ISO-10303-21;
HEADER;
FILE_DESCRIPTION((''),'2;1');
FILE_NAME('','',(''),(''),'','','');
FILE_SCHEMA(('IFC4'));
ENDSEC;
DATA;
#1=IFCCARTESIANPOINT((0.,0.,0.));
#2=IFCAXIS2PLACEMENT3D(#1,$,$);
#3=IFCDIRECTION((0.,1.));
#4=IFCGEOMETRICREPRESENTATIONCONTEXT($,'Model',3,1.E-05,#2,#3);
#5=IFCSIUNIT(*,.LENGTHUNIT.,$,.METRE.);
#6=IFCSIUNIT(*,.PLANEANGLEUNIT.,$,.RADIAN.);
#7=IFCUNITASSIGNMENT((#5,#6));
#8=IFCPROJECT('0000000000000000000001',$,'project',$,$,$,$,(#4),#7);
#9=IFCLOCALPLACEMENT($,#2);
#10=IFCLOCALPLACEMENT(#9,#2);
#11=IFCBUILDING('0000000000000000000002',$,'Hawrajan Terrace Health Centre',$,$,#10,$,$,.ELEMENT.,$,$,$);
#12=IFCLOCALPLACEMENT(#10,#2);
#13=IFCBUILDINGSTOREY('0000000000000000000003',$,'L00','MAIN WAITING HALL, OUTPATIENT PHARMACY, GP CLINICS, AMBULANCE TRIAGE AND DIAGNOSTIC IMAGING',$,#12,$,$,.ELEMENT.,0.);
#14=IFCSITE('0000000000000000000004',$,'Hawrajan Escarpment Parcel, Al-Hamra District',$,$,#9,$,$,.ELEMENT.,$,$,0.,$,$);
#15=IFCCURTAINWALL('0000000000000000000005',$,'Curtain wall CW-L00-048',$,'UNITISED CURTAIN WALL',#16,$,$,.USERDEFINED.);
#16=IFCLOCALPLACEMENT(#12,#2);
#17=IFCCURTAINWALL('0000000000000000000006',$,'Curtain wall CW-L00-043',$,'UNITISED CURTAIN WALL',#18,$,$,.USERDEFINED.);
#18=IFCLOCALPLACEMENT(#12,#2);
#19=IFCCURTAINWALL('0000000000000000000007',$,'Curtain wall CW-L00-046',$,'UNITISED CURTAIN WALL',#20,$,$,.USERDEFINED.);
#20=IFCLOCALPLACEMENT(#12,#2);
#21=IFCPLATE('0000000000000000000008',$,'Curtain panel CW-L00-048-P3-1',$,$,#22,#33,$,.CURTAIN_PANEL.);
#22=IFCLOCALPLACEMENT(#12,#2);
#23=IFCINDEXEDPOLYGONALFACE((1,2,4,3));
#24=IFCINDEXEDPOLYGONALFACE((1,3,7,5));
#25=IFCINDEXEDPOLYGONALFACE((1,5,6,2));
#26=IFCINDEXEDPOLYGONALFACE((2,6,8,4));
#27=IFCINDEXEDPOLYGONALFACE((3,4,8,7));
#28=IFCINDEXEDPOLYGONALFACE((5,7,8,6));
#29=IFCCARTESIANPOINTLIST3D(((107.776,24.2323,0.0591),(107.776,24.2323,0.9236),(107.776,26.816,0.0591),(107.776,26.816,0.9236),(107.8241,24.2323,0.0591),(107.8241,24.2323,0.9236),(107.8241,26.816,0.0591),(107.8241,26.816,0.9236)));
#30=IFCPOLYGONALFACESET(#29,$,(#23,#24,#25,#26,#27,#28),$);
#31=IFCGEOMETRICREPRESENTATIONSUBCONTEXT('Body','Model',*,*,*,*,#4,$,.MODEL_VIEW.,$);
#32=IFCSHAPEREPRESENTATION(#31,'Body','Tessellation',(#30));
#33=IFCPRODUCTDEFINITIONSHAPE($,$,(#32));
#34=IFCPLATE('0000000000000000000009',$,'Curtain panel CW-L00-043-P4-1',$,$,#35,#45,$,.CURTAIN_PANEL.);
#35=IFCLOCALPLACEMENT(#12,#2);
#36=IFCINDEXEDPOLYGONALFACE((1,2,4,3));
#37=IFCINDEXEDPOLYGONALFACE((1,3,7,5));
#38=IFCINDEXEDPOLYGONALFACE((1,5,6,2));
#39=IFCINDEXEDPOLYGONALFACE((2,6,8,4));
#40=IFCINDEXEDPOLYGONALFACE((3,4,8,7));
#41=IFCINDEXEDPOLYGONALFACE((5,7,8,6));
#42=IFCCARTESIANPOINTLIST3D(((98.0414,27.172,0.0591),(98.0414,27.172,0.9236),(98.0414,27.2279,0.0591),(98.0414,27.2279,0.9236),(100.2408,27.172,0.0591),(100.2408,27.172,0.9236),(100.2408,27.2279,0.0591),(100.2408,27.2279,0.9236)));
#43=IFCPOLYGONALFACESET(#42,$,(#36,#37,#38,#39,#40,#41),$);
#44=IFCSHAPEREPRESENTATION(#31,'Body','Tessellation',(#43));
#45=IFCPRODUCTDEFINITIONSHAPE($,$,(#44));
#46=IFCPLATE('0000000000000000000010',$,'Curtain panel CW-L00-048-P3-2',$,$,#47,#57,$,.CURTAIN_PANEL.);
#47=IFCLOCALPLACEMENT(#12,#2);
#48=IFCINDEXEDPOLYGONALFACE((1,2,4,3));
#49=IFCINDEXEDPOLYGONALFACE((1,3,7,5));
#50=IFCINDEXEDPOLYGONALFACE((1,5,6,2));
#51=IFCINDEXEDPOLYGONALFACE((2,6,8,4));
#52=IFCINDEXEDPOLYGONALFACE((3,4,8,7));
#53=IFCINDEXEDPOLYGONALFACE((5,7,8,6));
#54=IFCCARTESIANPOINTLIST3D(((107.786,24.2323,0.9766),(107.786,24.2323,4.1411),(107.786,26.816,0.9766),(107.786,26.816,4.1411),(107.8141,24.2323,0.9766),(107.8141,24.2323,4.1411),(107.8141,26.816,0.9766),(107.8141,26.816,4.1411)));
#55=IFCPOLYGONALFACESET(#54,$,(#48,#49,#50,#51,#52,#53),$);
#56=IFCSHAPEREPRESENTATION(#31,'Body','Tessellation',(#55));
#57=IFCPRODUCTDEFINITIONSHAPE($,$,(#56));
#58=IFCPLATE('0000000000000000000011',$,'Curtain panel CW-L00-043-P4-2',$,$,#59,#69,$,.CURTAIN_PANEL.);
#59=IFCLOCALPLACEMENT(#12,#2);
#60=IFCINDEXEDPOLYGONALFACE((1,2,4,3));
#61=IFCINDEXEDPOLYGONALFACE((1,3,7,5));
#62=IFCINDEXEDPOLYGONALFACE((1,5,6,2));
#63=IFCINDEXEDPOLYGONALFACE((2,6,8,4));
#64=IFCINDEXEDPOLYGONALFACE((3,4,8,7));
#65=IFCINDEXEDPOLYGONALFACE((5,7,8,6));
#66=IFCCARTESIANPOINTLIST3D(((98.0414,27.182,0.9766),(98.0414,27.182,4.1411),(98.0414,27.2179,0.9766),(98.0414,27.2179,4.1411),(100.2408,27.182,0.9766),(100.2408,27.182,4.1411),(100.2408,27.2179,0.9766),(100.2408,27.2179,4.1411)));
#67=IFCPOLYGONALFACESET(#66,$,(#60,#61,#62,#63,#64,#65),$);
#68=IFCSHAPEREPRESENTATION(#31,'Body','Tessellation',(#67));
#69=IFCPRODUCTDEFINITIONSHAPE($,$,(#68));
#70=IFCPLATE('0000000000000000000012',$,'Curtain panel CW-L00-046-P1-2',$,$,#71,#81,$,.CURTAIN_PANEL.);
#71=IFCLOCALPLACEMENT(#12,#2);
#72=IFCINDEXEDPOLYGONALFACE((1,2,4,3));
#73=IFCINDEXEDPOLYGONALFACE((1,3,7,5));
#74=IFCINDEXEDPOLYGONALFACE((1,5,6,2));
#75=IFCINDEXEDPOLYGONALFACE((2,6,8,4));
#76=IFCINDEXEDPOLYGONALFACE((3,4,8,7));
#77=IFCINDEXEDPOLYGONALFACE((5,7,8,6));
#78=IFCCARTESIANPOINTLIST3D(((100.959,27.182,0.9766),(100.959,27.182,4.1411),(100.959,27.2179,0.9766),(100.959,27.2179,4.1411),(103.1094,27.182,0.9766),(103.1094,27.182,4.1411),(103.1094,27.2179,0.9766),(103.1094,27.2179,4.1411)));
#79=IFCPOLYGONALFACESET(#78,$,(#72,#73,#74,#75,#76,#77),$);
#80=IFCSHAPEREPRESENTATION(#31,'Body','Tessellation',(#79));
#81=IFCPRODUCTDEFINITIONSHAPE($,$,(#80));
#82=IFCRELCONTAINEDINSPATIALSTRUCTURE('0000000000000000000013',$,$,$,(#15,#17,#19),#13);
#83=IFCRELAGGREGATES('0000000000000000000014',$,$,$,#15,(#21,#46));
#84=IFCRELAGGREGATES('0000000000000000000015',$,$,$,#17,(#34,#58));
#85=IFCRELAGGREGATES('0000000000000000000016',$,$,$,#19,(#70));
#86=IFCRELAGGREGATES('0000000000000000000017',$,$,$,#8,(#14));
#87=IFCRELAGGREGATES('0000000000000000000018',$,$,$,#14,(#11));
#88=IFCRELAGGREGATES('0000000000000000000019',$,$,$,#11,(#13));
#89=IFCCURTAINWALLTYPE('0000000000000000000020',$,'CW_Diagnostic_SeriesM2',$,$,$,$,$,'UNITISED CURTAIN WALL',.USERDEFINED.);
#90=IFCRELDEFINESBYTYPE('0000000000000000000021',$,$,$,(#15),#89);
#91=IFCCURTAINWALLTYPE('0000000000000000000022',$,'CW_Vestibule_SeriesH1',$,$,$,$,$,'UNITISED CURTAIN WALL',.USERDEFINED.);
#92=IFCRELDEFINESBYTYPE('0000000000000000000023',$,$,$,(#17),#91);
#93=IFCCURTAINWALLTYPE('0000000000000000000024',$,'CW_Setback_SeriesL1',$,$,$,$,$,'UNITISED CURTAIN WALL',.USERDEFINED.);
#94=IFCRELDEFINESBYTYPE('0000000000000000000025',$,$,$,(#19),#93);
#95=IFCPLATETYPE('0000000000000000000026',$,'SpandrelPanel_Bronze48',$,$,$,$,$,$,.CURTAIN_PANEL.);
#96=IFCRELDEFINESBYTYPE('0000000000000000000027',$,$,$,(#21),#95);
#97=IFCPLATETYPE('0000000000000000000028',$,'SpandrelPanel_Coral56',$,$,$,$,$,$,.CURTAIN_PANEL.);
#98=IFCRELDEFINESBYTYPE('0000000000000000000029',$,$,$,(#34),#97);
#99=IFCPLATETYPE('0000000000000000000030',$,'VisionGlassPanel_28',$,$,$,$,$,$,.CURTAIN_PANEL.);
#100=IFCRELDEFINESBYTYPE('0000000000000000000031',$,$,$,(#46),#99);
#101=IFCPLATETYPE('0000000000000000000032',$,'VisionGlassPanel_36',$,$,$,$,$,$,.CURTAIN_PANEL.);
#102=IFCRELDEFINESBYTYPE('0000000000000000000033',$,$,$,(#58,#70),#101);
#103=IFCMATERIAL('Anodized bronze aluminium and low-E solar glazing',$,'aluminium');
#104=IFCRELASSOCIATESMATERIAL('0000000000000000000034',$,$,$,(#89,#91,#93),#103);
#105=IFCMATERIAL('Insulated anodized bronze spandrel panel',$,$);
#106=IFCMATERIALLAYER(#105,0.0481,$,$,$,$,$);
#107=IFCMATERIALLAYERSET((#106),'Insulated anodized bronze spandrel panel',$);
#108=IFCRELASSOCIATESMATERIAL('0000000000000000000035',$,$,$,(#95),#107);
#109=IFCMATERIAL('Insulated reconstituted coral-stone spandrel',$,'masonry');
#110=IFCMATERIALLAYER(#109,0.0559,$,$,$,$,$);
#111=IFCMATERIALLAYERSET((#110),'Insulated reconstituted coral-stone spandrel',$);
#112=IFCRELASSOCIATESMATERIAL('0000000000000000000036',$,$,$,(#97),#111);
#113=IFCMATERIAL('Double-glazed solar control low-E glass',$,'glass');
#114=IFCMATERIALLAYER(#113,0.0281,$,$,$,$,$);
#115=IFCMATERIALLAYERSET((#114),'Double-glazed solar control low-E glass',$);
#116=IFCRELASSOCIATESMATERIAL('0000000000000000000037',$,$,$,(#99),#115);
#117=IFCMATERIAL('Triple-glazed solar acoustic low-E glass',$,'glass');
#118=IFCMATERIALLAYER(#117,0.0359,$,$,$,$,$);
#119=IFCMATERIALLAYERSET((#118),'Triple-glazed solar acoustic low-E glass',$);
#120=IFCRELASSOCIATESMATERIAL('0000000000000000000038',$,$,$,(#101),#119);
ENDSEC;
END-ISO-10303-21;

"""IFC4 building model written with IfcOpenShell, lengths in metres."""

from ifc_helpers import new_model, si_unit, direction, frame, origin, origin_2d, place, context, subcontext, project, spatial, rectangle, extrude, material, layer, layer_set, type_object, element, aggregate, save


model = new_model("IFC4")

# Units and contexts
model_context = context("Model", 3, precision=1e-05, world=origin(), true_north=direction((0.0, 1.0)))
body_context = subcontext(model_context, "Body", "Model", "MODEL_VIEW")
ifc_project = project(units=[si_unit("LENGTHUNIT", "METRE"), si_unit("PLANEANGLEUNIT", "RADIAN")], contexts=[model_context])

# Site, building, storey
site_placement = place(None, origin())
site = spatial("IfcSite", under=ifc_project, at=site_placement, Name="Hawrajan Escarpment Parcel, Al-Hamra District", CompositionType="ELEMENT", RefElevation=0.0)
building_placement = place(site_placement, origin())
building = spatial("IfcBuilding", under=site, at=building_placement, Name="Hawrajan Terrace Health Centre", CompositionType="ELEMENT")
storey_placement = place(building_placement, origin())
storey = spatial("IfcBuildingStorey", under=building, at=storey_placement, Name="L00", Description="MAIN WAITING HALL, OUTPATIENT PHARMACY, GP CLINICS, AMBULANCE TRIAGE AND DIAGNOSTIC IMAGING", CompositionType="ELEMENT", Elevation=0.0)

# Curtain walls
ifc_material_1 = material(Name="Anodized bronze aluminium and low-E solar glazing", Category="aluminium")
curtain_wall_type_1 = type_object("IfcCurtainWallType", Name="CW_Diagnostic_SeriesM2", ElementType="UNITISED CURTAIN WALL", PredefinedType="USERDEFINED", material=ifc_material_1)
curtain_wall_1_placement = place(storey_placement, origin())
curtain_wall_1 = element("IfcCurtainWall", 1, at=curtain_wall_1_placement, inside=storey, type_object=curtain_wall_type_1, Name="Curtain wall CW-L00-048", ObjectType="UNITISED CURTAIN WALL", PredefinedType="USERDEFINED")
curtain_wall_type_2 = type_object("IfcCurtainWallType", Name="CW_Vestibule_SeriesH1", ElementType="UNITISED CURTAIN WALL", PredefinedType="USERDEFINED", material=ifc_material_1)
curtain_wall_2_placement = place(storey_placement, origin())
curtain_wall_2 = element("IfcCurtainWall", 2, at=curtain_wall_2_placement, inside=storey, type_object=curtain_wall_type_2, Name="Curtain wall CW-L00-043", ObjectType="UNITISED CURTAIN WALL", PredefinedType="USERDEFINED")

# Curtain wall
curtain_wall_type_3 = type_object("IfcCurtainWallType", Name="CW_Setback_SeriesL1", ElementType="UNITISED CURTAIN WALL", PredefinedType="USERDEFINED", material=ifc_material_1)
curtain_wall_3_placement = place(storey_placement, origin())
curtain_wall_3 = element("IfcCurtainWall", 3, at=curtain_wall_3_placement, inside=storey, type_object=curtain_wall_type_3, Name="Curtain wall CW-L00-046", ObjectType="UNITISED CURTAIN WALL", PredefinedType="USERDEFINED")

# Plates
ifc_material_2 = material(Name="Insulated anodized bronze spandrel panel")
ifc_layer_1 = layer(ifc_material_2, 0.0481)
ifc_layer_set_1 = layer_set([ifc_layer_1], Name="Insulated anodized bronze spandrel panel")
plate_type_1 = type_object("IfcPlateType", Name="SpandrelPanel_Bronze48", PredefinedType="CURTAIN_PANEL", material=ifc_layer_set_1)
plate_1_placement = place(storey_placement, frame((107.8, 25.5242, 0.0591), z_axis=(0.0, 0.0, 1.0), x_axis=(0.0, 1.0, 0.0)))
plate_1 = element("IfcPlate", 4, at=plate_1_placement, type_object=plate_type_1, Name="Curtain panel CW-L00-048-P3-1", PredefinedType="CURTAIN_PANEL", context=body_context, shape_type="SweptSolid", body=[
    extrude(rectangle(XDim=2.5837, YDim=0.0481, at=origin_2d()), origin(), (0.0, 0.0, 1.0), 0.8645),
])
ifc_material_3 = material(Name="Insulated reconstituted coral-stone spandrel", Category="masonry")
ifc_layer_2 = layer(ifc_material_3, 0.0559)
ifc_layer_set_2 = layer_set([ifc_layer_2], Name="Insulated reconstituted coral-stone spandrel")
plate_type_2 = type_object("IfcPlateType", Name="SpandrelPanel_Coral56", PredefinedType="CURTAIN_PANEL", material=ifc_layer_set_2)
plate_2_placement = place(storey_placement, frame((99.1411, 27.2, 0.0591), z_axis=(0.0, 0.0, 1.0), x_axis=(1.0, 0.0, 0.0)))
plate_2 = element("IfcPlate", 5, at=plate_2_placement, type_object=plate_type_2, Name="Curtain panel CW-L00-043-P4-1", PredefinedType="CURTAIN_PANEL", context=body_context, shape_type="SweptSolid", body=[
    extrude(rectangle(XDim=2.1995, YDim=0.0559, at=origin_2d()), origin(), (0.0, 0.0, 1.0), 0.8645),
])
ifc_material_4 = material(Name="Double-glazed solar control low-E glass", Category="glass")
ifc_layer_3 = layer(ifc_material_4, 0.0281)
ifc_layer_set_3 = layer_set([ifc_layer_3], Name="Double-glazed solar control low-E glass")
plate_type_3 = type_object("IfcPlateType", Name="VisionGlassPanel_28", PredefinedType="CURTAIN_PANEL", material=ifc_layer_set_3)
plate_3_placement = place(storey_placement, frame((107.8, 25.5242, 0.9766), z_axis=(0.0, 0.0, 1.0), x_axis=(0.0, 1.0, 0.0)))
plate_3 = element("IfcPlate", 6, at=plate_3_placement, type_object=plate_type_3, Name="Curtain panel CW-L00-048-P3-2", PredefinedType="CURTAIN_PANEL", context=body_context, shape_type="SweptSolid", body=[
    extrude(rectangle(XDim=2.5837, YDim=0.0281, at=origin_2d()), origin(), (0.0, 0.0, 1.0), 3.1646),
])
aggregate(curtain_wall_1, [plate_1, plate_3])
ifc_material_5 = material(Name="Triple-glazed solar acoustic low-E glass", Category="glass")
ifc_layer_4 = layer(ifc_material_5, 0.0359)
ifc_layer_set_4 = layer_set([ifc_layer_4], Name="Triple-glazed solar acoustic low-E glass")
plate_type_4 = type_object("IfcPlateType", Name="VisionGlassPanel_36", PredefinedType="CURTAIN_PANEL", material=ifc_layer_set_4)
plate_4_placement = place(storey_placement, frame((99.1411, 27.2, 0.9766), z_axis=(0.0, 0.0, 1.0), x_axis=(1.0, 0.0, 0.0)))
plate_4 = element("IfcPlate", 7, at=plate_4_placement, type_object=plate_type_4, Name="Curtain panel CW-L00-043-P4-2", PredefinedType="CURTAIN_PANEL", context=body_context, shape_type="SweptSolid", body=[
    extrude(rectangle(XDim=2.1995, YDim=0.0359, at=origin_2d()), origin(), (0.0, 0.0, 1.0), 3.1646),
])
aggregate(curtain_wall_2, [plate_2, plate_4])
plate_5_placement = place(storey_placement, frame((102.0342, 27.2, 0.9766), z_axis=(0.0, 0.0, 1.0), x_axis=(1.0, 0.0, 0.0)))
plate_5 = element("IfcPlate", 8, at=plate_5_placement, type_object=plate_type_4, Name="Curtain panel CW-L00-046-P1-2", PredefinedType="CURTAIN_PANEL", context=body_context, shape_type="SweptSolid", body=[
    extrude(rectangle(XDim=2.1504, YDim=0.0359, at=origin_2d()), origin(), (0.0, 0.0, 1.0), 3.1646),
])
aggregate(curtain_wall_3, [plate_5])

save(model, "model.ifc")
